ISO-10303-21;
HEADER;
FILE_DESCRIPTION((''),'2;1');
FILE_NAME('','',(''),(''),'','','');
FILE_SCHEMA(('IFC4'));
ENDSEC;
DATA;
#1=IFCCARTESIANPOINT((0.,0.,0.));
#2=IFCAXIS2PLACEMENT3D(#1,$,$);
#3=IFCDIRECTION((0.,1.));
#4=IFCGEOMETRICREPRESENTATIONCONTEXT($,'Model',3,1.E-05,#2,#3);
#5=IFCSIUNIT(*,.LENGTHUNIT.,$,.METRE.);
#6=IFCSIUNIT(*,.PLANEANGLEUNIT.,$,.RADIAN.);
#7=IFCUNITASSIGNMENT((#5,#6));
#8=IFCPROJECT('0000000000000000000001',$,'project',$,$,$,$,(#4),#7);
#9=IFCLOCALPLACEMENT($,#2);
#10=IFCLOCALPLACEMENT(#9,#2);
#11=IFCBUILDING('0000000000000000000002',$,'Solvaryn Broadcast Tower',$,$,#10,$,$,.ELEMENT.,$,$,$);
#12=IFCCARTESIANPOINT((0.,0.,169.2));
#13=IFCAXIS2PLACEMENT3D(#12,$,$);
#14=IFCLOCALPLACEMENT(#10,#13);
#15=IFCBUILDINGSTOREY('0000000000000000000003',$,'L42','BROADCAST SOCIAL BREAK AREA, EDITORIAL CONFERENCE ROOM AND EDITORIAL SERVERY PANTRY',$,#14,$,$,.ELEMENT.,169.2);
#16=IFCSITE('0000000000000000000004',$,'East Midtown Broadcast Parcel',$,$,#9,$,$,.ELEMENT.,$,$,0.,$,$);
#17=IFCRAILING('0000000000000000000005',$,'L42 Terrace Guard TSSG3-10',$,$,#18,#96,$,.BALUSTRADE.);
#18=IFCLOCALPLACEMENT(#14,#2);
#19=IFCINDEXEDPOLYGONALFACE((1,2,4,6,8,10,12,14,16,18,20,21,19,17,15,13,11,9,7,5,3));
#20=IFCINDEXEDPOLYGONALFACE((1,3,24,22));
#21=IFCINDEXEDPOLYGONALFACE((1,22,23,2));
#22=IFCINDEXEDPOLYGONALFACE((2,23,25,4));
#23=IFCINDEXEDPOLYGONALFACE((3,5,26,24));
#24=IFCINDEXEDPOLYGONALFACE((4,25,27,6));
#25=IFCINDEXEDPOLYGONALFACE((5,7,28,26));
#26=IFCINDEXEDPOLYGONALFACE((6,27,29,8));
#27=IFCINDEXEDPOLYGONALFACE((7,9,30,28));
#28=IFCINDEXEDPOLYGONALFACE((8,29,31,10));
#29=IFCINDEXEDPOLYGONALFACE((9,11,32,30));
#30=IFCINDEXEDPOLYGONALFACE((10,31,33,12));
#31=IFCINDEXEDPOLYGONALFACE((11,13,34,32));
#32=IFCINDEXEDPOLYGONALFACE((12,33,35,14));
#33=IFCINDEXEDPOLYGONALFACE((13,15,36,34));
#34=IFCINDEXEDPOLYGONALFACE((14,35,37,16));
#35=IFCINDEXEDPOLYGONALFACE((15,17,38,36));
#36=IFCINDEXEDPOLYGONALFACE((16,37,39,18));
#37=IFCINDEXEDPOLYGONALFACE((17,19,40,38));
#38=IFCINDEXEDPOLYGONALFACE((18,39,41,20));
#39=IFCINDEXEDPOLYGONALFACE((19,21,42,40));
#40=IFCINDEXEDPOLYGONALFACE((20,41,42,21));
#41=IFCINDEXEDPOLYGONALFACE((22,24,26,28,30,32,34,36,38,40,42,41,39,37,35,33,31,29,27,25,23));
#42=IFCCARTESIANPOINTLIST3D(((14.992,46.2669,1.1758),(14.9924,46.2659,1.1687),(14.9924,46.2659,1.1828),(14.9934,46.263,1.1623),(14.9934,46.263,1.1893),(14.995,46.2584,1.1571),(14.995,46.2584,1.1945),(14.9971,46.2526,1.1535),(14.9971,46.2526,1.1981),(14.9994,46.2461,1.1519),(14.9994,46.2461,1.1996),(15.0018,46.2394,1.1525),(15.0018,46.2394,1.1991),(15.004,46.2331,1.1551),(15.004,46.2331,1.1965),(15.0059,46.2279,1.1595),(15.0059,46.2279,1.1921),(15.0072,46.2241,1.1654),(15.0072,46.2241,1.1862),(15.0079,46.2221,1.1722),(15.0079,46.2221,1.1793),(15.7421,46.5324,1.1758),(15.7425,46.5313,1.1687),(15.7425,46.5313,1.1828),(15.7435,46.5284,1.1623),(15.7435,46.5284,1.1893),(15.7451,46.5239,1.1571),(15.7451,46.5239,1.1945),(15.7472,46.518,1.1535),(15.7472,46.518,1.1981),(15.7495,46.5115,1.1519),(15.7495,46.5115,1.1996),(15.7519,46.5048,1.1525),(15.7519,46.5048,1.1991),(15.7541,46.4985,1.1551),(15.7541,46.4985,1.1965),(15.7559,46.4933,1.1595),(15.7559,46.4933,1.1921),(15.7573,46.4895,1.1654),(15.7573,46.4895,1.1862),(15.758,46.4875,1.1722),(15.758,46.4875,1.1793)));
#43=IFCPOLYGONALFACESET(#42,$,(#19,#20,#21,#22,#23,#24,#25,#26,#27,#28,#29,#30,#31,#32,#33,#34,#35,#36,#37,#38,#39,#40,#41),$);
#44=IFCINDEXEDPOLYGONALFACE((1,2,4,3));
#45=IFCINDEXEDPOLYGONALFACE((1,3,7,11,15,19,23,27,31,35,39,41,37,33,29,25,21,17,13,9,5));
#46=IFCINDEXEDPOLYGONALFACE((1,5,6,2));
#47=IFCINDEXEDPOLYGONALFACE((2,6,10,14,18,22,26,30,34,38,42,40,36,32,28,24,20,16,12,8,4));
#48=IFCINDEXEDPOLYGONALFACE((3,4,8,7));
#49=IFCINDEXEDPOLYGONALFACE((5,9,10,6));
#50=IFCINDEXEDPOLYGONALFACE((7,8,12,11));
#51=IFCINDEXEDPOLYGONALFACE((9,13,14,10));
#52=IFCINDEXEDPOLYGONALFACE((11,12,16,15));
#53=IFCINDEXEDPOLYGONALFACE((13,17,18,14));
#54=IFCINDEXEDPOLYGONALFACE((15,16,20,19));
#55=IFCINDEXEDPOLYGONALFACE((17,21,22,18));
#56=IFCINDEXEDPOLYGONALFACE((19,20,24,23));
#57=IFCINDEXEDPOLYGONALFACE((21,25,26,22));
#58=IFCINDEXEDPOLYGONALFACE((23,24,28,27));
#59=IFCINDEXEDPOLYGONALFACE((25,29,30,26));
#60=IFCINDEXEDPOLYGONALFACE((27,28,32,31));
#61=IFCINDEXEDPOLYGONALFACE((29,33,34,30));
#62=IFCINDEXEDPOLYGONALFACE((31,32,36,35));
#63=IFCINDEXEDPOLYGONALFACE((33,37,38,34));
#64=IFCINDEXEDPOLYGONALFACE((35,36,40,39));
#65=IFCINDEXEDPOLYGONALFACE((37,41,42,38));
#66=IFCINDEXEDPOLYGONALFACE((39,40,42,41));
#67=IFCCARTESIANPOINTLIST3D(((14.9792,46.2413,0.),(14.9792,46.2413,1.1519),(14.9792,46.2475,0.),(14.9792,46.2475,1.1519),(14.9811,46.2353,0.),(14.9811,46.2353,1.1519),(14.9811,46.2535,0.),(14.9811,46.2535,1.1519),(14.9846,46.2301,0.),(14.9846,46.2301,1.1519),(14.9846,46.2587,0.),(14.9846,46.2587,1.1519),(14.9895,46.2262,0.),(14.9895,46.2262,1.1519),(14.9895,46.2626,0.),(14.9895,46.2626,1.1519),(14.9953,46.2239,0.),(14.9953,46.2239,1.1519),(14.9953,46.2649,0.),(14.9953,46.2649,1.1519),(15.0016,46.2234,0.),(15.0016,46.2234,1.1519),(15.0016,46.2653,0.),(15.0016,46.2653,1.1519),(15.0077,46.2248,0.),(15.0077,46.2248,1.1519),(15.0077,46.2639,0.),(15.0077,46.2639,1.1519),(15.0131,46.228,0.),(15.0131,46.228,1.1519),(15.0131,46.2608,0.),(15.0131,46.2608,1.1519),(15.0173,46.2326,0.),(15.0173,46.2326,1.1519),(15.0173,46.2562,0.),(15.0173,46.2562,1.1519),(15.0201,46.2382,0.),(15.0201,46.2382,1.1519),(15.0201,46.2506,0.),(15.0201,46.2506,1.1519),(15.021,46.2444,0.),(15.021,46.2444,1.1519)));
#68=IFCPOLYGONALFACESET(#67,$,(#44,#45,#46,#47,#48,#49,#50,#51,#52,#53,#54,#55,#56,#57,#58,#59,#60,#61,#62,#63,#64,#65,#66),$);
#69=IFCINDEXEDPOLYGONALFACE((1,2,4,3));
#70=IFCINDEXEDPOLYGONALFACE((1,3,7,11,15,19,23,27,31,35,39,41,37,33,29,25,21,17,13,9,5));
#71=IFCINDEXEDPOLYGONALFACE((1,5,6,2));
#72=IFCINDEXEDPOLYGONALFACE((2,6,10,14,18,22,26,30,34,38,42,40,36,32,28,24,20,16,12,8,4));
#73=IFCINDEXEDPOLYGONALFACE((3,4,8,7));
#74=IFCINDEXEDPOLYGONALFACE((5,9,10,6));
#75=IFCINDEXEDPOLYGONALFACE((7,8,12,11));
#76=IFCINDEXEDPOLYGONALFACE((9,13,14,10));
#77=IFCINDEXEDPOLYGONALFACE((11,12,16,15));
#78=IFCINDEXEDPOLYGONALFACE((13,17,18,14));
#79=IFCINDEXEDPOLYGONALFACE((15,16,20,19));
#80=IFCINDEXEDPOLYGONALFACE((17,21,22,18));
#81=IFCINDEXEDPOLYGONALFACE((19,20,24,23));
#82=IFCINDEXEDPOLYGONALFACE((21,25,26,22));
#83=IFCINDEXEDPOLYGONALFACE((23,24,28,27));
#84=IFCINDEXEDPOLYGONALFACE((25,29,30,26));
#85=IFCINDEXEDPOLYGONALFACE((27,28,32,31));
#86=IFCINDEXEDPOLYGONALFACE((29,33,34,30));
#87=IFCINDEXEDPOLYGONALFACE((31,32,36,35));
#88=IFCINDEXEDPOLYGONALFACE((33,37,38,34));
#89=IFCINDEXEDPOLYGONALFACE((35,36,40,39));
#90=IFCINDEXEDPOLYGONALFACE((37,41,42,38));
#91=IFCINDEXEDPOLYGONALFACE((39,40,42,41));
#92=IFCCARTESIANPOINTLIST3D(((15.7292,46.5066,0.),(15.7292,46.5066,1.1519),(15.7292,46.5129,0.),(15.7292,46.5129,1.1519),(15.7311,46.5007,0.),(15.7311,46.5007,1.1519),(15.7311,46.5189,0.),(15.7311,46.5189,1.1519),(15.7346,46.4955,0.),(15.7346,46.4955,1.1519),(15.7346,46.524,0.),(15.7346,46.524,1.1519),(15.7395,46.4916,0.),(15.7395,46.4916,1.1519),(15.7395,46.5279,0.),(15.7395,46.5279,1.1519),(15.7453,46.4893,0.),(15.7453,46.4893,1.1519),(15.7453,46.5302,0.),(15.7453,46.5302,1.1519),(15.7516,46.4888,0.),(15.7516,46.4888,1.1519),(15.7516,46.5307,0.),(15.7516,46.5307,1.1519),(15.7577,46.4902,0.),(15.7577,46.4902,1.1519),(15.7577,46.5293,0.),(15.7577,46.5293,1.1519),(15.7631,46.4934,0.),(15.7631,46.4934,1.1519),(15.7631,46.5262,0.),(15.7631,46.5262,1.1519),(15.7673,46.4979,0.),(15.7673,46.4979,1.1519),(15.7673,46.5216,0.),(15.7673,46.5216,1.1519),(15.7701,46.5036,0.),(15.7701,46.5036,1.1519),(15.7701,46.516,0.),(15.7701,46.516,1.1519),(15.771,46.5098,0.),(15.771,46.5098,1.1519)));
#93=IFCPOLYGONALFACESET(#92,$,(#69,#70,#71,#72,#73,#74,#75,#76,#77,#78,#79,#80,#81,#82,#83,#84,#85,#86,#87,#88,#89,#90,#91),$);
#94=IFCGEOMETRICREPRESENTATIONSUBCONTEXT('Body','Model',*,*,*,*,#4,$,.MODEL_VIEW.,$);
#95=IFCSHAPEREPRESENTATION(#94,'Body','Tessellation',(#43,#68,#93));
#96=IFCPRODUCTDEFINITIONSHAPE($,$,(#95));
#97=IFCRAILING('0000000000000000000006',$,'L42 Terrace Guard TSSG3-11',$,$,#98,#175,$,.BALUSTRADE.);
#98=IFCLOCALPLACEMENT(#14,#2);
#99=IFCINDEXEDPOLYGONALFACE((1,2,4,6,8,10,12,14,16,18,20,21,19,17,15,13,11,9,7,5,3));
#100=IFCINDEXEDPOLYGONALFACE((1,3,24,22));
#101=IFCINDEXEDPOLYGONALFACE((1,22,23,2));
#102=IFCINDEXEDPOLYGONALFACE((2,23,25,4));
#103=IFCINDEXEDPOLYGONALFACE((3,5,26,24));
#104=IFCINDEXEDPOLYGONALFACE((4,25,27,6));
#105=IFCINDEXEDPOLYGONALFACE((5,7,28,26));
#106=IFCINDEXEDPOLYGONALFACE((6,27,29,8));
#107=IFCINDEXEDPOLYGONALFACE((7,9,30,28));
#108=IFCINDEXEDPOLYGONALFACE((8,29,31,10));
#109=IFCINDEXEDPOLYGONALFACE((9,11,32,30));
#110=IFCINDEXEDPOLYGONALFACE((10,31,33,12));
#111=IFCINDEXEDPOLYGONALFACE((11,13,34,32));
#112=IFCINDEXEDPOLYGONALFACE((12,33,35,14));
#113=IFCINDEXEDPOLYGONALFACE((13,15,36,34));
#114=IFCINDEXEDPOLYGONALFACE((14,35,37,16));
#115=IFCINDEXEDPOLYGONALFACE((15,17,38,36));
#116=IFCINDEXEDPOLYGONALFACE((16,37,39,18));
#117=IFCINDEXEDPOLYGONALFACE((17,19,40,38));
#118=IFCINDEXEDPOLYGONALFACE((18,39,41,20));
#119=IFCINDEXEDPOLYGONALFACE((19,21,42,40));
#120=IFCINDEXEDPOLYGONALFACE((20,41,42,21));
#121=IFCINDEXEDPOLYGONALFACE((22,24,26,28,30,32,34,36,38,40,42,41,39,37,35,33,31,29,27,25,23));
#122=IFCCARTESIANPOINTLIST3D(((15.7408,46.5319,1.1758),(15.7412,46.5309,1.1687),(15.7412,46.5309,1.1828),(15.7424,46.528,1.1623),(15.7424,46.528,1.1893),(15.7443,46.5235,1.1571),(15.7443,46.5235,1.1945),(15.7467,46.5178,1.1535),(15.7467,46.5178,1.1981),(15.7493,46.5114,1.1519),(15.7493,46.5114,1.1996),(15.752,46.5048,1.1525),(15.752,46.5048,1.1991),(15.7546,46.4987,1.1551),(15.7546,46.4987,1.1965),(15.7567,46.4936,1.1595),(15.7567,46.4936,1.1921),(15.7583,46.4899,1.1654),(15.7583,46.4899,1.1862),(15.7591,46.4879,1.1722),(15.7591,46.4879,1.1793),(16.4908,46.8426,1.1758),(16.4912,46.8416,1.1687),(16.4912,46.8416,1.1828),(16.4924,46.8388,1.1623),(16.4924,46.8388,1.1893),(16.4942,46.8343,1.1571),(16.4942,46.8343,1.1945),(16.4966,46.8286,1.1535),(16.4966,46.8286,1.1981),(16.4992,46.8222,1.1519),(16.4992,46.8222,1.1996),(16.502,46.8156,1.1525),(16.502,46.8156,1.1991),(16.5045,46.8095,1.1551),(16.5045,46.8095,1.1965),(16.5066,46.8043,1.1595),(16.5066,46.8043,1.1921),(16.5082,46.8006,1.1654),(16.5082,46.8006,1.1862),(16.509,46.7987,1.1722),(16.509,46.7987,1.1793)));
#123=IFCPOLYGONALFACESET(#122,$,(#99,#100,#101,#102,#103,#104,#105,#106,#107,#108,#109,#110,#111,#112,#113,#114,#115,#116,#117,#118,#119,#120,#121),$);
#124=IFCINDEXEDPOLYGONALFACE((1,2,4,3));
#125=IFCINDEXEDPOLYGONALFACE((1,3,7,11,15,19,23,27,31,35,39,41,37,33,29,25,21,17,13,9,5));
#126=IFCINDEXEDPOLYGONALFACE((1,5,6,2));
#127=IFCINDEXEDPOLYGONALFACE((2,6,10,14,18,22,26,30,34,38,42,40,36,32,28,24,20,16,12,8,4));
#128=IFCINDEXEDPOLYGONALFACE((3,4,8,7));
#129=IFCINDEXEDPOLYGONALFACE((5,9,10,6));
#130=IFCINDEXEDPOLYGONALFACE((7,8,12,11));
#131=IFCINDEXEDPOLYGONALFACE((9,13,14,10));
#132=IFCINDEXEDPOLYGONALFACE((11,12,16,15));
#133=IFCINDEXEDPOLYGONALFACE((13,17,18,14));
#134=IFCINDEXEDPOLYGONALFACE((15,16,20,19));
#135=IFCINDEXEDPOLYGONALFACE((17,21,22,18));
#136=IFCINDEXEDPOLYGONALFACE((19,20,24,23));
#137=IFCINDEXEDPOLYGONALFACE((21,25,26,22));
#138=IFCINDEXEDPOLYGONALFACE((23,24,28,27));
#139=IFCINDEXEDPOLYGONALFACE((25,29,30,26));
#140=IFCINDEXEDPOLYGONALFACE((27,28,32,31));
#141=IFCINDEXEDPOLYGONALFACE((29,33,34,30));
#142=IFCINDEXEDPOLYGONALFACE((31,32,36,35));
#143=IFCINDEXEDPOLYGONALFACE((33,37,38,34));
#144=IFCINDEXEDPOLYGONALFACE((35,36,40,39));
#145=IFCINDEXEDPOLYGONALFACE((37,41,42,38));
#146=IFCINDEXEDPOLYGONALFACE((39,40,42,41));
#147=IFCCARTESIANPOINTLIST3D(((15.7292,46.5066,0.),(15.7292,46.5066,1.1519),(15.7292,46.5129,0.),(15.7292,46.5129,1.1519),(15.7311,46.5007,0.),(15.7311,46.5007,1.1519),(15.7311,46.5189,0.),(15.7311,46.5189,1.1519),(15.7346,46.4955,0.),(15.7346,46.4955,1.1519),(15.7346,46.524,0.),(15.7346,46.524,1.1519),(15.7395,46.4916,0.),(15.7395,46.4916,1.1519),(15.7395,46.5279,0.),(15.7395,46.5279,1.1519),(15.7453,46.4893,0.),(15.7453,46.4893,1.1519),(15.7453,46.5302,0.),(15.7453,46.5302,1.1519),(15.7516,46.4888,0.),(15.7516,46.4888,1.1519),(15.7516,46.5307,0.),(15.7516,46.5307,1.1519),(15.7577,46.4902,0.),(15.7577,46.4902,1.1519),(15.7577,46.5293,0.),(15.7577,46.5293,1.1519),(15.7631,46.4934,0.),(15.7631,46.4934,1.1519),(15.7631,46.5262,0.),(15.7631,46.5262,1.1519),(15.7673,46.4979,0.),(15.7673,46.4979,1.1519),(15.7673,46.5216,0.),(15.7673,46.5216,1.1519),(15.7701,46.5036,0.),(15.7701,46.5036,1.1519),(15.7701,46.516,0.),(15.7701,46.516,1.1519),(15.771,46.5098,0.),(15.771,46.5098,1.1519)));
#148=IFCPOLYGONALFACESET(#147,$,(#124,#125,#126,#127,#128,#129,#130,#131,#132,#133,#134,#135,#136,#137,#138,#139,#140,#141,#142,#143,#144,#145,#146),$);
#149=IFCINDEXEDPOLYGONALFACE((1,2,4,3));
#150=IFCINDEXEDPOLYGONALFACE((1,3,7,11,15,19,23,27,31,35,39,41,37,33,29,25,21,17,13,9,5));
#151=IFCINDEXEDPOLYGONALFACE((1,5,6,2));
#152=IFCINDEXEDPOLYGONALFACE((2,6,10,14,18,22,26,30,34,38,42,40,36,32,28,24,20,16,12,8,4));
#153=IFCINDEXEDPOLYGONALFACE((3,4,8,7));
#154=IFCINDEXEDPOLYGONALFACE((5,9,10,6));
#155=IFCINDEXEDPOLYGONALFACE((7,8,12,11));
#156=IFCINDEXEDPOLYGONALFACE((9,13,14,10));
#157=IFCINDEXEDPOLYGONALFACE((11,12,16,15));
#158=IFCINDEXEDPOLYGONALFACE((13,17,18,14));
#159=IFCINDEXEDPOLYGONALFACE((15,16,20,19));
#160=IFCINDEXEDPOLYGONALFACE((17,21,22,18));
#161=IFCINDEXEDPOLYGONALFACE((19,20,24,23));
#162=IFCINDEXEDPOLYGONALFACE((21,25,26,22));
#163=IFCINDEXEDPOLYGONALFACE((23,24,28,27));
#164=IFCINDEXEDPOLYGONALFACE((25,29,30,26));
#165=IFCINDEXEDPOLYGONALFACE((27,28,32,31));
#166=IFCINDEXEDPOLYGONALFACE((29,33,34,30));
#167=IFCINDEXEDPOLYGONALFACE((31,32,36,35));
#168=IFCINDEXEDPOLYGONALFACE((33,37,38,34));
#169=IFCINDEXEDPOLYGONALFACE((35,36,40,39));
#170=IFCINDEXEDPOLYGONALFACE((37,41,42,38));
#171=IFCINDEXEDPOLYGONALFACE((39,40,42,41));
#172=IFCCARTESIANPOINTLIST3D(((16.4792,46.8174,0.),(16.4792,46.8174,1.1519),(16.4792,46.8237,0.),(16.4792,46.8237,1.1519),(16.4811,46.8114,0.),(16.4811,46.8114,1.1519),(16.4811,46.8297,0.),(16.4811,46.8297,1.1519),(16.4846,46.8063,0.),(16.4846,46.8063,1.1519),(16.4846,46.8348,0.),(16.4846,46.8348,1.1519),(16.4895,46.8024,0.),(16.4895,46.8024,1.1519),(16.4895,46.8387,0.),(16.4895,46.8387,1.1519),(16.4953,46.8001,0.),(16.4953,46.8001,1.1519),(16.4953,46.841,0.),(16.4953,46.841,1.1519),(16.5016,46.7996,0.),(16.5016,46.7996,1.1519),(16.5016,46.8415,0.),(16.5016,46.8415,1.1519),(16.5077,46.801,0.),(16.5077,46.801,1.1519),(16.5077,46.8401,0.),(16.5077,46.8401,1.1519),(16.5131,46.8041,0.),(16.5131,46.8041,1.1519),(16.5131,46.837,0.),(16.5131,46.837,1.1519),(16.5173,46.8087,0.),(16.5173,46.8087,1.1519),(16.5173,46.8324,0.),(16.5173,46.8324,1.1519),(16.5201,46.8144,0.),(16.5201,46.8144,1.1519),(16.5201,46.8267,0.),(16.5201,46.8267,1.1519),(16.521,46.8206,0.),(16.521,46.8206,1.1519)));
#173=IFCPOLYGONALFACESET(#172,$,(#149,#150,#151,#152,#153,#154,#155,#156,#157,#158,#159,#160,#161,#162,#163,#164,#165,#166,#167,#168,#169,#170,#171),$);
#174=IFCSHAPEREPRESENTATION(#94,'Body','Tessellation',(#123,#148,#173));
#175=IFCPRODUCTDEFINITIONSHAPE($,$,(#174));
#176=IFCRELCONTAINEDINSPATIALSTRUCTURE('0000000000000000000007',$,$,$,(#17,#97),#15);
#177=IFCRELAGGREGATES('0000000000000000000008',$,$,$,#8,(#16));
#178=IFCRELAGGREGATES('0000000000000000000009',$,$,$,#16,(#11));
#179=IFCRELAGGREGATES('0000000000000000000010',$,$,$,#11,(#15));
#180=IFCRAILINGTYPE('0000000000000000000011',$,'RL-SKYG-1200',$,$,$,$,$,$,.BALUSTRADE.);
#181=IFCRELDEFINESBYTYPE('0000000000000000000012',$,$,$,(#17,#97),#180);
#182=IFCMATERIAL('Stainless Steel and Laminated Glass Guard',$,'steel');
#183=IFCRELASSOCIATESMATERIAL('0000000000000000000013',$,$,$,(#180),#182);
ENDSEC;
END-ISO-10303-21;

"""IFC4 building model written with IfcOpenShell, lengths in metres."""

from ifc_helpers import new_model, si_unit, direction, frame, origin, origin_2d, place, context, subcontext, project, spatial, circle, extrude, material, type_object, element, save


model = new_model("IFC4")

# Units and contexts
model_context = context("Model", 3, precision=1e-05, world=origin(), true_north=direction((0.0, 1.0)))
body_context = subcontext(model_context, "Body", "Model", "MODEL_VIEW")
ifc_project = project(units=[si_unit("LENGTHUNIT", "METRE"), si_unit("PLANEANGLEUNIT", "RADIAN")], contexts=[model_context])

# Site, building, storey
site_placement = place(None, origin())
site = spatial("IfcSite", under=ifc_project, at=site_placement, Name="East Midtown Broadcast Parcel", CompositionType="ELEMENT", RefElevation=0.0)
building_placement = place(site_placement, origin())
building = spatial("IfcBuilding", under=site, at=building_placement, Name="Solvaryn Broadcast Tower", CompositionType="ELEMENT")
storey_placement = place(building_placement, frame((0.0, 0.0, 169.2)))
storey = spatial("IfcBuildingStorey", under=building, at=storey_placement, Name="L42", Description="BROADCAST SOCIAL BREAK AREA, EDITORIAL CONFERENCE ROOM AND EDITORIAL SERVERY PANTRY", CompositionType="ELEMENT", Elevation=169.2)

# Railings
ifc_material_1 = material(Name="Stainless Steel and Laminated Glass Guard", Category="steel")
railing_type = type_object("IfcRailingType", Name="RL-SKYG-1200", PredefinedType="BALUSTRADE", material=ifc_material_1)
railing_1_placement = place(storey_placement, frame((15.0, 46.2444, 0.0)))
element("IfcRailing", 1, at=railing_1_placement, inside=storey, type_object=railing_type, Name="L42 Terrace Guard TSSG3-10", PredefinedType="BALUSTRADE", context=body_context, shape_type="SweptSolid", body=[
    extrude(circle(Radius=0.0239, at=origin_2d()), frame((0.0, 0.0, 1.1758), z_axis=(0.942724, 0.333574, 0.0), x_axis=(-0.333574, 0.942724, 0.0)), (0.0, 0.0, 1.0), 0.7957),
    extrude(circle(Radius=0.021, at=origin_2d()), origin(), (0.0, 0.0, 1.0), 1.1519),
    extrude(circle(Radius=0.021, at=origin_2d()), frame((0.75, 0.2654, 0.0)), (0.0, 0.0, 1.0), 1.1519),
])
railing_2_placement = place(storey_placement, frame((15.75, 46.5098, 0.0)))
element("IfcRailing", 2, at=railing_2_placement, inside=storey, type_object=railing_type, Name="L42 Terrace Guard TSSG3-11", PredefinedType="BALUSTRADE", context=body_context, shape_type="SweptSolid", body=[
    extrude(circle(Radius=0.0239, at=origin_2d()), frame((0.0, 0.0, 1.1758), z_axis=(0.923823, 0.382821, 0.0), x_axis=(-0.382821, 0.923823, 0.0)), (0.0, 0.0, 1.0), 0.8118),
    extrude(circle(Radius=0.021, at=origin_2d()), origin(), (0.0, 0.0, 1.0), 1.1519),
    extrude(circle(Radius=0.021, at=origin_2d()), frame((0.75, 0.3108, 0.0)), (0.0, 0.0, 1.0), 1.1519),
])

save(model, "model.ifc")
